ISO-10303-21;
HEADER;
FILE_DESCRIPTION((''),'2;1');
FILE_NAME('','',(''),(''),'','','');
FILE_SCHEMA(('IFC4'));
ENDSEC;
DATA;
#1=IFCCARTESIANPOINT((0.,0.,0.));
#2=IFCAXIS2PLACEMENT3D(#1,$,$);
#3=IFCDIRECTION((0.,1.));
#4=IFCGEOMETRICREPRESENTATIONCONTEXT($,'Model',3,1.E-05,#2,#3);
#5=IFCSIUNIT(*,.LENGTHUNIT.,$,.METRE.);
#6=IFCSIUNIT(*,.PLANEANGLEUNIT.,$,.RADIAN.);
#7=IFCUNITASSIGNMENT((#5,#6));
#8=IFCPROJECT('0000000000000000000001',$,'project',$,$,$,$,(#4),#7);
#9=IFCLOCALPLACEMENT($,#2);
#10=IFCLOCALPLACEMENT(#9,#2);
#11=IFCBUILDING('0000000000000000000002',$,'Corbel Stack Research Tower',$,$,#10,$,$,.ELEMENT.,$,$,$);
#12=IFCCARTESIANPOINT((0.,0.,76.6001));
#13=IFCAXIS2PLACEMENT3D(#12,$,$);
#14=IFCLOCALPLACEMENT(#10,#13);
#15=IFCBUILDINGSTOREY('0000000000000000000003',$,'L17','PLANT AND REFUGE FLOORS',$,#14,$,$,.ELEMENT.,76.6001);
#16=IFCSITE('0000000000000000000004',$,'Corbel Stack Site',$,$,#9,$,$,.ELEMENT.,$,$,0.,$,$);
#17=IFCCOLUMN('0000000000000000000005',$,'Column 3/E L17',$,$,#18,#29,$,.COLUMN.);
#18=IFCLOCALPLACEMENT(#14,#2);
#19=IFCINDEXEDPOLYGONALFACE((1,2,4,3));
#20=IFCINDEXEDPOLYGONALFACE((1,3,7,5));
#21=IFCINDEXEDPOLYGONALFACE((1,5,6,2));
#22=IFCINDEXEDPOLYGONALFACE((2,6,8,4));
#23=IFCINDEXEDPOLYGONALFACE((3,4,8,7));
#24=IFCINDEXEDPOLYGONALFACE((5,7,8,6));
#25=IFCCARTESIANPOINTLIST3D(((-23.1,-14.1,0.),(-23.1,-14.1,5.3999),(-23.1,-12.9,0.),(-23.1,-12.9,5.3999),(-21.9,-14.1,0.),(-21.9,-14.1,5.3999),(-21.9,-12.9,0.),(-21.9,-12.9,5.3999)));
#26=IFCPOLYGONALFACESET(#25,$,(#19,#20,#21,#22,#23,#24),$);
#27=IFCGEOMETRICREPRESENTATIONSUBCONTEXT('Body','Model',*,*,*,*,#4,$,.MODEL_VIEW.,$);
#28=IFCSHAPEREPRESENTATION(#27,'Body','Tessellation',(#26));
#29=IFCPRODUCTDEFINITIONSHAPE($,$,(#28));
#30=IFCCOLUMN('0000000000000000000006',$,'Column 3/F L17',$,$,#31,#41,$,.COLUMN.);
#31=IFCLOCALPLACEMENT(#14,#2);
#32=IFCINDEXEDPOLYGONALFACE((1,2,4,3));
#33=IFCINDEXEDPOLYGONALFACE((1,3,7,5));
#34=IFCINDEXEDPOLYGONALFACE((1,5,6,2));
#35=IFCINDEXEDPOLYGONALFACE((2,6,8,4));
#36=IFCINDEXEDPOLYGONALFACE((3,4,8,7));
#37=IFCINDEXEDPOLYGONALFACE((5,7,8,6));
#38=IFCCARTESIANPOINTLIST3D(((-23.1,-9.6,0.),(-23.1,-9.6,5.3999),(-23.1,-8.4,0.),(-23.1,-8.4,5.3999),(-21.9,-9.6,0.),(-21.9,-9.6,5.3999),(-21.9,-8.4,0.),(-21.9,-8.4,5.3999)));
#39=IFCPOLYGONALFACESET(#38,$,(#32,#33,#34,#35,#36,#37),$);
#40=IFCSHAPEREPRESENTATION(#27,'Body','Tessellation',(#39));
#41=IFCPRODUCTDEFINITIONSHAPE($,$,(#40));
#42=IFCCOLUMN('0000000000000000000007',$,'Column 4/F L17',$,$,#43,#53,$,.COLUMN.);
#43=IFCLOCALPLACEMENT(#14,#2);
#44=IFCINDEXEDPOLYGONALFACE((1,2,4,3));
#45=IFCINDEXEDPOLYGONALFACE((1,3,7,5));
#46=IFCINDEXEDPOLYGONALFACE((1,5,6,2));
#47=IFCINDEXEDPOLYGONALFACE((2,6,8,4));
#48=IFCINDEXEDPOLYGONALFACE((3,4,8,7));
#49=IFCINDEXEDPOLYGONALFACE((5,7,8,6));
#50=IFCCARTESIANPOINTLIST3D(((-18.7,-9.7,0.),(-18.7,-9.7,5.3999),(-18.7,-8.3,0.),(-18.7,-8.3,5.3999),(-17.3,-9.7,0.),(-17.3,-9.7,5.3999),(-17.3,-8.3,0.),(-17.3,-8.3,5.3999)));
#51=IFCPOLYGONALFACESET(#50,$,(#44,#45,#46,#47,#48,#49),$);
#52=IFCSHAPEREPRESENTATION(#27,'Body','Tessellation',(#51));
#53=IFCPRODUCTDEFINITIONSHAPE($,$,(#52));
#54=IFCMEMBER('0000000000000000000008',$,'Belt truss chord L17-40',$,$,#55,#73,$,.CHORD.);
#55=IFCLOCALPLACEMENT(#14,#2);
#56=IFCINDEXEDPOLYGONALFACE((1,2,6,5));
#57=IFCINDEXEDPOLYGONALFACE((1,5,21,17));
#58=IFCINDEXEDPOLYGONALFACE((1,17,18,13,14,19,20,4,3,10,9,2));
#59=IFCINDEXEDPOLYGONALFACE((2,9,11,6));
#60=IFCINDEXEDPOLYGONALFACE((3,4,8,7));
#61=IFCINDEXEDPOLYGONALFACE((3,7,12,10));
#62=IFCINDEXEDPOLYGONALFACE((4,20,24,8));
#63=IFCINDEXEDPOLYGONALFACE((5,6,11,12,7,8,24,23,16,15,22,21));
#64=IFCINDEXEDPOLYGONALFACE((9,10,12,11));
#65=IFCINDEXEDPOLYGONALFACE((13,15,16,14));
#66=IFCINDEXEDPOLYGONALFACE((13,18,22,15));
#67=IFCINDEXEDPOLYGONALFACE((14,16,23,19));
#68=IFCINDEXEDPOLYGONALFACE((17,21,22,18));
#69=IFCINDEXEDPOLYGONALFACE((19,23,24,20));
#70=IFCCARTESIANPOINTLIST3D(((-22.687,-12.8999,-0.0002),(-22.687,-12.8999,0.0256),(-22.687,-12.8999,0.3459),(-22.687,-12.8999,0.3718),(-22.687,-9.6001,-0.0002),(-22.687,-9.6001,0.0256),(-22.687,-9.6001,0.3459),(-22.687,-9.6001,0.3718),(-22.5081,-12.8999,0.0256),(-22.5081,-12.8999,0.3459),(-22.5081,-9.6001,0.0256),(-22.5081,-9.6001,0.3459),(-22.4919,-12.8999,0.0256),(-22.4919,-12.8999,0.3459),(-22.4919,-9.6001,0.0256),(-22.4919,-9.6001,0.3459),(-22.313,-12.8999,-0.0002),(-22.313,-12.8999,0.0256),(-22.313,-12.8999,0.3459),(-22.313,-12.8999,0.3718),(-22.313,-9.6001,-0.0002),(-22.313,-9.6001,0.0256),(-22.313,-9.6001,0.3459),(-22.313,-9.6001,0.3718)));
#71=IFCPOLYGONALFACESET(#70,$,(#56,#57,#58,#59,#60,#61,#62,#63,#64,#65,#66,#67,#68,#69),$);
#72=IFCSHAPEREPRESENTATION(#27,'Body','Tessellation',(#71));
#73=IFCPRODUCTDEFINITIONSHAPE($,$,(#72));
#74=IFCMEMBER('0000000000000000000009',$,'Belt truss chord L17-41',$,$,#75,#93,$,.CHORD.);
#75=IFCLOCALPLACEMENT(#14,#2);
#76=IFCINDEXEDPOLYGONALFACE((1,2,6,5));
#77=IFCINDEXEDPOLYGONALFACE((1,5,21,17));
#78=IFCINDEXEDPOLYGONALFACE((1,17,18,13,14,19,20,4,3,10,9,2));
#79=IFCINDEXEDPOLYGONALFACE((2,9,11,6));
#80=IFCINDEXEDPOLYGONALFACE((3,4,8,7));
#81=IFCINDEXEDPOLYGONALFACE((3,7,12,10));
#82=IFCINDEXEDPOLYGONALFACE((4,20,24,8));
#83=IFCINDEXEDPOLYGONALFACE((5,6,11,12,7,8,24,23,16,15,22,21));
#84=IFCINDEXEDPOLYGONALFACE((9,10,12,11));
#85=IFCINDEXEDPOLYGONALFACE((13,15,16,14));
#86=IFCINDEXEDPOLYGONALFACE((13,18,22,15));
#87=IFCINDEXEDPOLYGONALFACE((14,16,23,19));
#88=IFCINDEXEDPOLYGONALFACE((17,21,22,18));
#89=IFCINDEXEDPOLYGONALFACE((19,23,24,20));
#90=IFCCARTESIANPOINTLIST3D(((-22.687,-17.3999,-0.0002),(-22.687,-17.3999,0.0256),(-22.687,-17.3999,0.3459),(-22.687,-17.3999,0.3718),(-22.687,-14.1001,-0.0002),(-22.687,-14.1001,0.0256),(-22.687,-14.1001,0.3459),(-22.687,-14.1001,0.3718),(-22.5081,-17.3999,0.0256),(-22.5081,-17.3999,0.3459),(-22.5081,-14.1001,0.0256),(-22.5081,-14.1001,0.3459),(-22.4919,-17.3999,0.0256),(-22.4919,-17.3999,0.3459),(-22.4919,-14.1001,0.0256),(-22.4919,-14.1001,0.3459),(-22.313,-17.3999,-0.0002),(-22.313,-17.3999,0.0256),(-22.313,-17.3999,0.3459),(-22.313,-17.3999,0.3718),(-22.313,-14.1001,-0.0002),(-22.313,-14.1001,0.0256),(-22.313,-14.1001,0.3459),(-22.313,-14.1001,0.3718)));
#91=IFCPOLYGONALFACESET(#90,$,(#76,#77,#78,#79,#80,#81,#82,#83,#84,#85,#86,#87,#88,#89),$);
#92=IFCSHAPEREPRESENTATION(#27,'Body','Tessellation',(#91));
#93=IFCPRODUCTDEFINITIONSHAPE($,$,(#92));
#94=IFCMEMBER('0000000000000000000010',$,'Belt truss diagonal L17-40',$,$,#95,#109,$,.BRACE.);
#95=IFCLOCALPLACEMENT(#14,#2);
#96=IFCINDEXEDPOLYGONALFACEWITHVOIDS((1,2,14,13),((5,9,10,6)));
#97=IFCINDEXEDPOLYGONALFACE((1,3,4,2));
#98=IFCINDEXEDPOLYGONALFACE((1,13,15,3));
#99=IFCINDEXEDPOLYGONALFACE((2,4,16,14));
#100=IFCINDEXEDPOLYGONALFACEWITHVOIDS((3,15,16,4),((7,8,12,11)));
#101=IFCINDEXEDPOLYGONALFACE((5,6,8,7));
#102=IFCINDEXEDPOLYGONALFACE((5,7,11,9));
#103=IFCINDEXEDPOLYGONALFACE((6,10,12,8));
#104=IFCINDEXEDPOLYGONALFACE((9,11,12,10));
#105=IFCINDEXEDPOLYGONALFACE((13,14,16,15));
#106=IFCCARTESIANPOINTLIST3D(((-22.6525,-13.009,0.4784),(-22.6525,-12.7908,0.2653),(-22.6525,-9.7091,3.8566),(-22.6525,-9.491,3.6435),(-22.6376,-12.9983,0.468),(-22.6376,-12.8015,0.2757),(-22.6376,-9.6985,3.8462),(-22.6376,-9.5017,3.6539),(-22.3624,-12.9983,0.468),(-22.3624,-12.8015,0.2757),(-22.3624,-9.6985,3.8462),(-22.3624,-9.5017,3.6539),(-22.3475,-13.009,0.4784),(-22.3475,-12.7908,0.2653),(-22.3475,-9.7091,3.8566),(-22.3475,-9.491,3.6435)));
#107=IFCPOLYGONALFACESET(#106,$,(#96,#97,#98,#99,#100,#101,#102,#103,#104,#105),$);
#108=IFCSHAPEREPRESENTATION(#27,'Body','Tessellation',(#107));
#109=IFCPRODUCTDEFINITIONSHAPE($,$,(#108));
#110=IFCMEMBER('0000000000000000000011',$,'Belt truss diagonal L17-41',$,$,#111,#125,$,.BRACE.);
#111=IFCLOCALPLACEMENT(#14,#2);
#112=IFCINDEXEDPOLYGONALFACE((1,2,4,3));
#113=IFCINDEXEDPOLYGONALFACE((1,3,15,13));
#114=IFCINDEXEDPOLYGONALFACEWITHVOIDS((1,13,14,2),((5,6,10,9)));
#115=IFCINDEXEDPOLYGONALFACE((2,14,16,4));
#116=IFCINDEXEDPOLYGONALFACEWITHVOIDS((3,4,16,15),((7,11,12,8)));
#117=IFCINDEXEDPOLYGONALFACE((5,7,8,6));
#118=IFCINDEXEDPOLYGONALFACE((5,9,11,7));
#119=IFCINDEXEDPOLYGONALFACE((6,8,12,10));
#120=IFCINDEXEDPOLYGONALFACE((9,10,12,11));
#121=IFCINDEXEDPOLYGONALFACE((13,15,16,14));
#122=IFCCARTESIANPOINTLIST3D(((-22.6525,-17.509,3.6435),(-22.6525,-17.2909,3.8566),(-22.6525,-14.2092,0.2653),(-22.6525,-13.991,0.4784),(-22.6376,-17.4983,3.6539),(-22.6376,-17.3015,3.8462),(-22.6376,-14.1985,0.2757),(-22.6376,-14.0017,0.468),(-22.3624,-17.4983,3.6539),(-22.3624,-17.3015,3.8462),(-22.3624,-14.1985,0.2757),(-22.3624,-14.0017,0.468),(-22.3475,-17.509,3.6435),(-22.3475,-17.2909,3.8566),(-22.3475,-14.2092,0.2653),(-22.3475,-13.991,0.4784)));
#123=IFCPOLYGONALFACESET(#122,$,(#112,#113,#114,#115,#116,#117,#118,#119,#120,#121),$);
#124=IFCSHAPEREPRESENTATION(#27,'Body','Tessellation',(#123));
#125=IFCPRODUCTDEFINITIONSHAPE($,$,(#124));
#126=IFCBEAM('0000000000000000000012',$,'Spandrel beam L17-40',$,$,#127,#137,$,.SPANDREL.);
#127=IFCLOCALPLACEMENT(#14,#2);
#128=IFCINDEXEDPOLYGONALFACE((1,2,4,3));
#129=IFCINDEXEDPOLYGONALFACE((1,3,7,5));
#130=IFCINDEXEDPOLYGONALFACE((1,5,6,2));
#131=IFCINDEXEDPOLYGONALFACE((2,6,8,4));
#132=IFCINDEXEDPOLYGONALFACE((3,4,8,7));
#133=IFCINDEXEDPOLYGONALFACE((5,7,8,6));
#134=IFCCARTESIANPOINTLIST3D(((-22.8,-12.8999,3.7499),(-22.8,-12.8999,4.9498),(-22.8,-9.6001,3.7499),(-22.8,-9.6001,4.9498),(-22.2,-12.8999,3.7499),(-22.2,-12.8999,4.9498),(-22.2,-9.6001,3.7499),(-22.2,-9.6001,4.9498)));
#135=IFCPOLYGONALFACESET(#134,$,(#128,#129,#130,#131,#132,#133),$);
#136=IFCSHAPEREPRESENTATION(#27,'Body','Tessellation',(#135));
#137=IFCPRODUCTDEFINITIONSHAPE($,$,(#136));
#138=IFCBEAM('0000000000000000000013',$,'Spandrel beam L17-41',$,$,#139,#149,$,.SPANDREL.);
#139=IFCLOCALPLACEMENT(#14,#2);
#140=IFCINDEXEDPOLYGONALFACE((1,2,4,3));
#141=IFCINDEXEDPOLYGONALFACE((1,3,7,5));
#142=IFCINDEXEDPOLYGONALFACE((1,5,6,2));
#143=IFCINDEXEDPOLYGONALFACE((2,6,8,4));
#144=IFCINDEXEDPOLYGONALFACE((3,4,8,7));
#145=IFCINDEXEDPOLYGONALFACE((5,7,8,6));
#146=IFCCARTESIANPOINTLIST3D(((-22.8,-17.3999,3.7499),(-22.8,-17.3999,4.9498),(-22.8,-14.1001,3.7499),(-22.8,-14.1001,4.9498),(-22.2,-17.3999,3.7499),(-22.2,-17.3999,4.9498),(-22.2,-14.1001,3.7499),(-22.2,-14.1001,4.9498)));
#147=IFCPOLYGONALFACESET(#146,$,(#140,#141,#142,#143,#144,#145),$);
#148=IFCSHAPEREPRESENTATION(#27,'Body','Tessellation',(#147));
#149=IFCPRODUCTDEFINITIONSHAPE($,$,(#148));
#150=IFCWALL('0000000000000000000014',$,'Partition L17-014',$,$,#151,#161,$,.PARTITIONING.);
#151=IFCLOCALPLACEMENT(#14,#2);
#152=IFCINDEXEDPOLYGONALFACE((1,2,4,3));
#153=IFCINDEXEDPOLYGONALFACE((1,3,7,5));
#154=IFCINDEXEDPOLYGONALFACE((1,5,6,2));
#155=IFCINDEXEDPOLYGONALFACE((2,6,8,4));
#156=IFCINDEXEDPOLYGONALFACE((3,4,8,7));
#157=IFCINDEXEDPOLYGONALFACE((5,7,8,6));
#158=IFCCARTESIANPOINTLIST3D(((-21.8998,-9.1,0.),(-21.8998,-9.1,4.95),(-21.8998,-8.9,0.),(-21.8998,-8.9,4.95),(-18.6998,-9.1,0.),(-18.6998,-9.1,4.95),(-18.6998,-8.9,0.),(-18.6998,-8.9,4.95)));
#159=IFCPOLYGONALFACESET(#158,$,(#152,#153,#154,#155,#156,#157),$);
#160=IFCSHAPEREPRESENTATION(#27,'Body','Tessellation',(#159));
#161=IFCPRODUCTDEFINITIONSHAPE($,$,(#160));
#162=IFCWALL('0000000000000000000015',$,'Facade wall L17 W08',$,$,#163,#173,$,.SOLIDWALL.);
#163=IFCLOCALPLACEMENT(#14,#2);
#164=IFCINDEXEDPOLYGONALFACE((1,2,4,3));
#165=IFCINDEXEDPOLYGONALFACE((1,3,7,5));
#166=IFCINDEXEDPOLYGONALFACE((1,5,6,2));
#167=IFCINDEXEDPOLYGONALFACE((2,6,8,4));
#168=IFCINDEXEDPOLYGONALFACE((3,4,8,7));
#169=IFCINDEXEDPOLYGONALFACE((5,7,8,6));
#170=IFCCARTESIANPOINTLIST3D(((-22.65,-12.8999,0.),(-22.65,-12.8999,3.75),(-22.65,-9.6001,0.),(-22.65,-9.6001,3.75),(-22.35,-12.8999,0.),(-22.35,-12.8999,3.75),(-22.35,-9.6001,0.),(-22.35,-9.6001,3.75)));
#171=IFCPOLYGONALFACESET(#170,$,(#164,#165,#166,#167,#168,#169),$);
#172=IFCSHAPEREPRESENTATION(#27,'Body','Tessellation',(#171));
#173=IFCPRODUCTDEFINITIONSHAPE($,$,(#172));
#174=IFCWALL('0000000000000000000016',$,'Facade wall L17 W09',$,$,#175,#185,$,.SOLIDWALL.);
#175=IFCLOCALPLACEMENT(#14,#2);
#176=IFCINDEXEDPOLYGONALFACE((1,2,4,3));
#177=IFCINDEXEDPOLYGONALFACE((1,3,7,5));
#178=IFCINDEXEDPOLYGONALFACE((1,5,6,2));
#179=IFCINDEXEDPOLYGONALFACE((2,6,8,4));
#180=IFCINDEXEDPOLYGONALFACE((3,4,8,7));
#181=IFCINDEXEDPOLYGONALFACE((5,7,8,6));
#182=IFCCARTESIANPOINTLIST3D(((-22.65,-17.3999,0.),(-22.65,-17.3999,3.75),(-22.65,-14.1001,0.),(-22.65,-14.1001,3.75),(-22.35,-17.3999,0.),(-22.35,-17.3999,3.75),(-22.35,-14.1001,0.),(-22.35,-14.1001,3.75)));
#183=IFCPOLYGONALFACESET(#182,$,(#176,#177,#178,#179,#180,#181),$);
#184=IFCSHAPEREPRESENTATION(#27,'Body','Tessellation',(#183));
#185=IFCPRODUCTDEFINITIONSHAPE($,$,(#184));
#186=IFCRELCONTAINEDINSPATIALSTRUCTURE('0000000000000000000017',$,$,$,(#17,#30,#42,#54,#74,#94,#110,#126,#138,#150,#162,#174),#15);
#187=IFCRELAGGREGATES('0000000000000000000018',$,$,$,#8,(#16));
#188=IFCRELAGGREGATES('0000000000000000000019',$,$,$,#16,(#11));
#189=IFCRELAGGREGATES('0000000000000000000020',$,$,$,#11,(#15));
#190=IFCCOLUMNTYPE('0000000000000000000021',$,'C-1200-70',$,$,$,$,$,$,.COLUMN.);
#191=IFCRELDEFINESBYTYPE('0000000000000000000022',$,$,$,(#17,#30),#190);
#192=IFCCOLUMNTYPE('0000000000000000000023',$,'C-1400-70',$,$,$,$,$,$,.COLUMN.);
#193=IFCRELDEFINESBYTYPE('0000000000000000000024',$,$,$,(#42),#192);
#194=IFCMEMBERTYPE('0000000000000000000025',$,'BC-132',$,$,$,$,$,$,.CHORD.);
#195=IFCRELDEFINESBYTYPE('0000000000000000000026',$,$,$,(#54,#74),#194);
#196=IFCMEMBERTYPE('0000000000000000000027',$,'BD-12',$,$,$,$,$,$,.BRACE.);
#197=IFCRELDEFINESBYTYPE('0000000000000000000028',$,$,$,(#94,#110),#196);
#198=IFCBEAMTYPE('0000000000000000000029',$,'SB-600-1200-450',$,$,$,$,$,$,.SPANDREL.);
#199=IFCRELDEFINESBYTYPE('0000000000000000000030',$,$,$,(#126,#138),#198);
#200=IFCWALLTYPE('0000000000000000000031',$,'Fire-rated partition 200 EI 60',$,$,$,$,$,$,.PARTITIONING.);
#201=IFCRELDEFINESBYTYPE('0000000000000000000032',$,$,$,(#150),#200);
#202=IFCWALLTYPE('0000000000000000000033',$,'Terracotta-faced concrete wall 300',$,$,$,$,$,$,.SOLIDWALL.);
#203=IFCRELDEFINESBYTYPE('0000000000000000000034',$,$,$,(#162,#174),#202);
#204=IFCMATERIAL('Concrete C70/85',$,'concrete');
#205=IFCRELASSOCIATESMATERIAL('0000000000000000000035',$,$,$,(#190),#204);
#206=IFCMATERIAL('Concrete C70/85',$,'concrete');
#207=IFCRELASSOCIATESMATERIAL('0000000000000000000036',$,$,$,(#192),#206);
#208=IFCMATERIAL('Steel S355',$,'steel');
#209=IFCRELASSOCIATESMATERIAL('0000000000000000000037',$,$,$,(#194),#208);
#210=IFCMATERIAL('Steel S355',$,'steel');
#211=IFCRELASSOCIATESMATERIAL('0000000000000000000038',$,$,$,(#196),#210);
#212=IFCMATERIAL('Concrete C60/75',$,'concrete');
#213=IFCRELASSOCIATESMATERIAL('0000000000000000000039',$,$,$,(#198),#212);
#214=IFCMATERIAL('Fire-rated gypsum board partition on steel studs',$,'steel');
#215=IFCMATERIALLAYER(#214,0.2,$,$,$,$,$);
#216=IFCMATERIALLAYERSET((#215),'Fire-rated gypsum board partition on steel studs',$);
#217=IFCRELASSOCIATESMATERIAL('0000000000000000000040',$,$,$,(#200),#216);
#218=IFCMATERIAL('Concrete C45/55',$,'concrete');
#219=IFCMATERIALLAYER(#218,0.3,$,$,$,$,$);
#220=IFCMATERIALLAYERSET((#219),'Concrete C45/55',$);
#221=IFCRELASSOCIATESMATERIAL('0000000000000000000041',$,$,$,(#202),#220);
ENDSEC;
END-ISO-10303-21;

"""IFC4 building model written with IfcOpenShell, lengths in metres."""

from ifc_helpers import new_model, si_unit, direction, frame, frame_2d, origin, origin_2d, place, context, subcontext, project, spatial, rectangle, hollow_rectangle, i_section, extrude, material, layer, layer_set, material_profile, profile_set, type_object, element, save


model = new_model("IFC4")

# Units and contexts
model_context = context("Model", 3, precision=1e-05, world=origin(), true_north=direction((0.0, 1.0)))
body_context = subcontext(model_context, "Body", "Model", "MODEL_VIEW")
ifc_project = project(units=[si_unit("LENGTHUNIT", "METRE"), si_unit("PLANEANGLEUNIT", "RADIAN")], contexts=[model_context])

# Site, building, storey
site_placement = place(None, origin())
site = spatial("IfcSite", under=ifc_project, at=site_placement, Name="Corbel Stack Site", CompositionType="ELEMENT", RefElevation=0.0)
building_placement = place(site_placement, origin())
building = spatial("IfcBuilding", under=site, at=building_placement, Name="Corbel Stack Research Tower", CompositionType="ELEMENT")
storey_placement = place(building_placement, frame((0.0, 0.0, 76.6001)))
storey = spatial("IfcBuildingStorey", under=building, at=storey_placement, Name="L17", Description="PLANT AND REFUGE FLOORS", CompositionType="ELEMENT", Elevation=76.6001)

# Columns
ifc_material_1 = material(Name="Concrete C70/85", Category="concrete")
ifc_material_profile_1 = material_profile(ifc_material_1, rectangle(XDim=1.2, YDim=1.2, at=origin_2d()), Name="RC 1200 x 1200")
ifc_profile_set_1 = profile_set([ifc_material_profile_1], Name="Concrete C70/85")
column_type_1 = type_object("IfcColumnType", Name="C-1200-70", PredefinedType="COLUMN", material=ifc_profile_set_1)
for number, where, z_axis, x_axis, name in (
    (1, (-22.5, -13.5, 0.0), (0.0, 0.0, 1.0), (1.0, 0.0, 0.0), "Column 3/E L17"),
    (2, (-22.5, -9.0, 0.0), (0.0, 0.0, 1.0), (1.0, 0.0, 0.0), "Column 3/F L17"),
):
    element("IfcColumn", number, at=place(storey_placement, frame(where, z_axis=z_axis, x_axis=x_axis)), inside=storey, type_object=column_type_1, Name=name, PredefinedType="COLUMN", context=body_context, shape_type="SweptSolid", body=[
        extrude(rectangle(XDim=1.2, YDim=1.2, at=origin_2d()), origin(), (0.0, 0.0, 1.0), 5.3999),
    ])
ifc_material_2 = material(Name="Concrete C70/85", Category="concrete")
ifc_material_profile_2 = material_profile(ifc_material_2, rectangle(XDim=1.3999, YDim=1.3999, at=origin_2d()), Name="RC 1400 x 1400")
ifc_profile_set_2 = profile_set([ifc_material_profile_2], Name="Concrete C70/85")
column_type_2 = type_object("IfcColumnType", Name="C-1400-70", PredefinedType="COLUMN", material=ifc_profile_set_2)
column_placement = place(storey_placement, frame((-18.0, -9.0, 0.0), z_axis=(0.0, 0.0, 1.0), x_axis=(1.0, 0.0, 0.0)))
element("IfcColumn", 3, at=column_placement, inside=storey, type_object=column_type_2, Name="Column 4/F L17", PredefinedType="COLUMN", context=body_context, shape_type="SweptSolid", body=[
    extrude(rectangle(XDim=1.3999, YDim=1.3999, at=origin_2d()), origin(), (0.0, 0.0, 1.0), 5.3999),
])

# Members
ifc_material_3 = material(Name="Steel S355", Category="steel")
ifc_material_profile_3 = material_profile(ifc_material_3, i_section(OverallWidth=0.374, OverallDepth=0.3721, WebThickness=0.0161, FlangeThickness=0.0259, at=origin_2d()), Name="W14x132")
ifc_profile_set_3 = profile_set([ifc_material_profile_3], Name="Steel S355")
member_type_1 = type_object("IfcMemberType", Name="BC-132", PredefinedType="CHORD", material=ifc_profile_set_3)
for number, where, z_axis, x_axis, name in (
    (4, (-22.5, -9.6001, 0.1858), (0.0, -1.0, 0.0), (1.0, 0.0, 0.0), "Belt truss chord L17-40"),
    (5, (-22.5, -14.1001, 0.1858), (0.0, -1.0, 0.0), (1.0, 0.0, 0.0), "Belt truss chord L17-41"),
):
    element("IfcMember", number, at=place(storey_placement, frame(where, z_axis=z_axis, x_axis=x_axis)), inside=storey, type_object=member_type_1, Name=name, PredefinedType="CHORD", context=body_context, shape_type="SweptSolid", body=[
        extrude(i_section(OverallWidth=0.374, OverallDepth=0.3721, WebThickness=0.0161, FlangeThickness=0.0259, at=origin_2d()), origin(), (0.0, 0.0, 1.0), 3.2998),
    ])
ifc_material_4 = material(Name="Steel S355", Category="steel")
ifc_material_profile_4 = material_profile(ifc_material_4, hollow_rectangle(XDim=0.3049, YDim=0.3049, WallThickness=0.0149, at=origin_2d()), Name="HSS12x12x5/8")
ifc_profile_set_4 = profile_set([ifc_material_profile_4], Name="Steel S355")
member_type_2 = type_object("IfcMemberType", Name="BD-12", PredefinedType="BRACE", material=ifc_profile_set_4)
for number, where, z_axis, x_axis, name in (
    (6, (-22.5, -12.8999, 0.3718), (0.0, 0.69876, 0.715356), (-1.0, 0.0, 0.0), "Belt truss diagonal L17-40"),
    (7, (-22.5, -14.1001, 0.3718), (0.0, -0.69876, 0.715356), (1.0, 0.0, 0.0), "Belt truss diagonal L17-41"),
):
    element("IfcMember", number, at=place(storey_placement, frame(where, z_axis=z_axis, x_axis=x_axis)), inside=storey, type_object=member_type_2, Name=name, PredefinedType="BRACE", context=body_context, shape_type="SweptSolid", body=[
        extrude(hollow_rectangle(XDim=0.3049, YDim=0.3049, WallThickness=0.0149, at=origin_2d()), origin(), (0.0, 0.0, 1.0), 4.7224),
    ])

# Beams
ifc_material_5 = material(Name="Concrete C60/75", Category="concrete")
ifc_material_profile_5 = material_profile(ifc_material_5, rectangle(XDim=0.6001, YDim=1.2, at=origin_2d()), Name="RC 600 x 1200")
ifc_profile_set_5 = profile_set([ifc_material_profile_5], Name="Concrete C60/75")
beam_type = type_object("IfcBeamType", Name="SB-600-1200-450", PredefinedType="SPANDREL", material=ifc_profile_set_5)
for number, where, z_axis, x_axis, name in (
    (8, (-22.5, -9.6001, 4.3499), (0.0, -1.0, 0.0), (1.0, 0.0, 0.0), "Spandrel beam L17-40"),
    (9, (-22.5, -14.1001, 4.3499), (0.0, -1.0, 0.0), (1.0, 0.0, 0.0), "Spandrel beam L17-41"),
):
    element("IfcBeam", number, at=place(storey_placement, frame(where, z_axis=z_axis, x_axis=x_axis)), inside=storey, type_object=beam_type, Name=name, PredefinedType="SPANDREL", context=body_context, shape_type="SweptSolid", body=[
        extrude(rectangle(XDim=0.6001, YDim=1.2, at=origin_2d()), origin(), (0.0, 0.0, 1.0), 3.2998),
    ])

# Walls
ifc_material_6 = material(Name="Fire-rated gypsum board partition on steel studs", Category="steel")
ifc_layer_1 = layer(ifc_material_6, 0.2)
ifc_layer_set_1 = layer_set([ifc_layer_1], Name="Fire-rated gypsum board partition on steel studs")
wall_type_1 = type_object("IfcWallType", Name="Fire-rated partition 200 EI 60", PredefinedType="PARTITIONING", material=ifc_layer_set_1)
wall_placement = place(storey_placement, frame((-21.8999, -9.0, 0.0), z_axis=(0.0, 0.0, 1.0), x_axis=(1.0, 0.0, 0.0)))
element("IfcWall", 10, at=wall_placement, inside=storey, type_object=wall_type_1, Name="Partition L17-014", PredefinedType="PARTITIONING", context=body_context, shape_type="SweptSolid", body=[
    extrude(rectangle(XDim=3.2, YDim=0.2, at=frame_2d((1.6001, 0.0))), origin(), (0.0, 0.0, 1.0), 4.95),
])
ifc_material_7 = material(Name="Concrete C45/55", Category="concrete")
ifc_layer_2 = layer(ifc_material_7, 0.3)
ifc_layer_set_2 = layer_set([ifc_layer_2], Name="Concrete C45/55")
wall_type_2 = type_object("IfcWallType", Name="Terracotta-faced concrete wall 300", PredefinedType="SOLIDWALL", material=ifc_layer_set_2)
for number, where, z_axis, x_axis, name in (
    (11, (-22.5, -12.8999, 0.0), (0.0, 0.0, 1.0), (0.0, 1.0, 0.0), "Facade wall L17 W08"),
    (12, (-22.5, -17.3999, 0.0), (0.0, 0.0, 1.0), (0.0, 1.0, 0.0), "Facade wall L17 W09"),
):
    element("IfcWall", number, at=place(storey_placement, frame(where, z_axis=z_axis, x_axis=x_axis)), inside=storey, type_object=wall_type_2, Name=name, PredefinedType="SOLIDWALL", context=body_context, shape_type="SweptSolid", body=[
        extrude(rectangle(XDim=3.2998, YDim=0.3, at=frame_2d((1.6499, 0.0))), origin(), (0.0, 0.0, 1.0), 3.75),
    ])

save(model, "model.ifc")
